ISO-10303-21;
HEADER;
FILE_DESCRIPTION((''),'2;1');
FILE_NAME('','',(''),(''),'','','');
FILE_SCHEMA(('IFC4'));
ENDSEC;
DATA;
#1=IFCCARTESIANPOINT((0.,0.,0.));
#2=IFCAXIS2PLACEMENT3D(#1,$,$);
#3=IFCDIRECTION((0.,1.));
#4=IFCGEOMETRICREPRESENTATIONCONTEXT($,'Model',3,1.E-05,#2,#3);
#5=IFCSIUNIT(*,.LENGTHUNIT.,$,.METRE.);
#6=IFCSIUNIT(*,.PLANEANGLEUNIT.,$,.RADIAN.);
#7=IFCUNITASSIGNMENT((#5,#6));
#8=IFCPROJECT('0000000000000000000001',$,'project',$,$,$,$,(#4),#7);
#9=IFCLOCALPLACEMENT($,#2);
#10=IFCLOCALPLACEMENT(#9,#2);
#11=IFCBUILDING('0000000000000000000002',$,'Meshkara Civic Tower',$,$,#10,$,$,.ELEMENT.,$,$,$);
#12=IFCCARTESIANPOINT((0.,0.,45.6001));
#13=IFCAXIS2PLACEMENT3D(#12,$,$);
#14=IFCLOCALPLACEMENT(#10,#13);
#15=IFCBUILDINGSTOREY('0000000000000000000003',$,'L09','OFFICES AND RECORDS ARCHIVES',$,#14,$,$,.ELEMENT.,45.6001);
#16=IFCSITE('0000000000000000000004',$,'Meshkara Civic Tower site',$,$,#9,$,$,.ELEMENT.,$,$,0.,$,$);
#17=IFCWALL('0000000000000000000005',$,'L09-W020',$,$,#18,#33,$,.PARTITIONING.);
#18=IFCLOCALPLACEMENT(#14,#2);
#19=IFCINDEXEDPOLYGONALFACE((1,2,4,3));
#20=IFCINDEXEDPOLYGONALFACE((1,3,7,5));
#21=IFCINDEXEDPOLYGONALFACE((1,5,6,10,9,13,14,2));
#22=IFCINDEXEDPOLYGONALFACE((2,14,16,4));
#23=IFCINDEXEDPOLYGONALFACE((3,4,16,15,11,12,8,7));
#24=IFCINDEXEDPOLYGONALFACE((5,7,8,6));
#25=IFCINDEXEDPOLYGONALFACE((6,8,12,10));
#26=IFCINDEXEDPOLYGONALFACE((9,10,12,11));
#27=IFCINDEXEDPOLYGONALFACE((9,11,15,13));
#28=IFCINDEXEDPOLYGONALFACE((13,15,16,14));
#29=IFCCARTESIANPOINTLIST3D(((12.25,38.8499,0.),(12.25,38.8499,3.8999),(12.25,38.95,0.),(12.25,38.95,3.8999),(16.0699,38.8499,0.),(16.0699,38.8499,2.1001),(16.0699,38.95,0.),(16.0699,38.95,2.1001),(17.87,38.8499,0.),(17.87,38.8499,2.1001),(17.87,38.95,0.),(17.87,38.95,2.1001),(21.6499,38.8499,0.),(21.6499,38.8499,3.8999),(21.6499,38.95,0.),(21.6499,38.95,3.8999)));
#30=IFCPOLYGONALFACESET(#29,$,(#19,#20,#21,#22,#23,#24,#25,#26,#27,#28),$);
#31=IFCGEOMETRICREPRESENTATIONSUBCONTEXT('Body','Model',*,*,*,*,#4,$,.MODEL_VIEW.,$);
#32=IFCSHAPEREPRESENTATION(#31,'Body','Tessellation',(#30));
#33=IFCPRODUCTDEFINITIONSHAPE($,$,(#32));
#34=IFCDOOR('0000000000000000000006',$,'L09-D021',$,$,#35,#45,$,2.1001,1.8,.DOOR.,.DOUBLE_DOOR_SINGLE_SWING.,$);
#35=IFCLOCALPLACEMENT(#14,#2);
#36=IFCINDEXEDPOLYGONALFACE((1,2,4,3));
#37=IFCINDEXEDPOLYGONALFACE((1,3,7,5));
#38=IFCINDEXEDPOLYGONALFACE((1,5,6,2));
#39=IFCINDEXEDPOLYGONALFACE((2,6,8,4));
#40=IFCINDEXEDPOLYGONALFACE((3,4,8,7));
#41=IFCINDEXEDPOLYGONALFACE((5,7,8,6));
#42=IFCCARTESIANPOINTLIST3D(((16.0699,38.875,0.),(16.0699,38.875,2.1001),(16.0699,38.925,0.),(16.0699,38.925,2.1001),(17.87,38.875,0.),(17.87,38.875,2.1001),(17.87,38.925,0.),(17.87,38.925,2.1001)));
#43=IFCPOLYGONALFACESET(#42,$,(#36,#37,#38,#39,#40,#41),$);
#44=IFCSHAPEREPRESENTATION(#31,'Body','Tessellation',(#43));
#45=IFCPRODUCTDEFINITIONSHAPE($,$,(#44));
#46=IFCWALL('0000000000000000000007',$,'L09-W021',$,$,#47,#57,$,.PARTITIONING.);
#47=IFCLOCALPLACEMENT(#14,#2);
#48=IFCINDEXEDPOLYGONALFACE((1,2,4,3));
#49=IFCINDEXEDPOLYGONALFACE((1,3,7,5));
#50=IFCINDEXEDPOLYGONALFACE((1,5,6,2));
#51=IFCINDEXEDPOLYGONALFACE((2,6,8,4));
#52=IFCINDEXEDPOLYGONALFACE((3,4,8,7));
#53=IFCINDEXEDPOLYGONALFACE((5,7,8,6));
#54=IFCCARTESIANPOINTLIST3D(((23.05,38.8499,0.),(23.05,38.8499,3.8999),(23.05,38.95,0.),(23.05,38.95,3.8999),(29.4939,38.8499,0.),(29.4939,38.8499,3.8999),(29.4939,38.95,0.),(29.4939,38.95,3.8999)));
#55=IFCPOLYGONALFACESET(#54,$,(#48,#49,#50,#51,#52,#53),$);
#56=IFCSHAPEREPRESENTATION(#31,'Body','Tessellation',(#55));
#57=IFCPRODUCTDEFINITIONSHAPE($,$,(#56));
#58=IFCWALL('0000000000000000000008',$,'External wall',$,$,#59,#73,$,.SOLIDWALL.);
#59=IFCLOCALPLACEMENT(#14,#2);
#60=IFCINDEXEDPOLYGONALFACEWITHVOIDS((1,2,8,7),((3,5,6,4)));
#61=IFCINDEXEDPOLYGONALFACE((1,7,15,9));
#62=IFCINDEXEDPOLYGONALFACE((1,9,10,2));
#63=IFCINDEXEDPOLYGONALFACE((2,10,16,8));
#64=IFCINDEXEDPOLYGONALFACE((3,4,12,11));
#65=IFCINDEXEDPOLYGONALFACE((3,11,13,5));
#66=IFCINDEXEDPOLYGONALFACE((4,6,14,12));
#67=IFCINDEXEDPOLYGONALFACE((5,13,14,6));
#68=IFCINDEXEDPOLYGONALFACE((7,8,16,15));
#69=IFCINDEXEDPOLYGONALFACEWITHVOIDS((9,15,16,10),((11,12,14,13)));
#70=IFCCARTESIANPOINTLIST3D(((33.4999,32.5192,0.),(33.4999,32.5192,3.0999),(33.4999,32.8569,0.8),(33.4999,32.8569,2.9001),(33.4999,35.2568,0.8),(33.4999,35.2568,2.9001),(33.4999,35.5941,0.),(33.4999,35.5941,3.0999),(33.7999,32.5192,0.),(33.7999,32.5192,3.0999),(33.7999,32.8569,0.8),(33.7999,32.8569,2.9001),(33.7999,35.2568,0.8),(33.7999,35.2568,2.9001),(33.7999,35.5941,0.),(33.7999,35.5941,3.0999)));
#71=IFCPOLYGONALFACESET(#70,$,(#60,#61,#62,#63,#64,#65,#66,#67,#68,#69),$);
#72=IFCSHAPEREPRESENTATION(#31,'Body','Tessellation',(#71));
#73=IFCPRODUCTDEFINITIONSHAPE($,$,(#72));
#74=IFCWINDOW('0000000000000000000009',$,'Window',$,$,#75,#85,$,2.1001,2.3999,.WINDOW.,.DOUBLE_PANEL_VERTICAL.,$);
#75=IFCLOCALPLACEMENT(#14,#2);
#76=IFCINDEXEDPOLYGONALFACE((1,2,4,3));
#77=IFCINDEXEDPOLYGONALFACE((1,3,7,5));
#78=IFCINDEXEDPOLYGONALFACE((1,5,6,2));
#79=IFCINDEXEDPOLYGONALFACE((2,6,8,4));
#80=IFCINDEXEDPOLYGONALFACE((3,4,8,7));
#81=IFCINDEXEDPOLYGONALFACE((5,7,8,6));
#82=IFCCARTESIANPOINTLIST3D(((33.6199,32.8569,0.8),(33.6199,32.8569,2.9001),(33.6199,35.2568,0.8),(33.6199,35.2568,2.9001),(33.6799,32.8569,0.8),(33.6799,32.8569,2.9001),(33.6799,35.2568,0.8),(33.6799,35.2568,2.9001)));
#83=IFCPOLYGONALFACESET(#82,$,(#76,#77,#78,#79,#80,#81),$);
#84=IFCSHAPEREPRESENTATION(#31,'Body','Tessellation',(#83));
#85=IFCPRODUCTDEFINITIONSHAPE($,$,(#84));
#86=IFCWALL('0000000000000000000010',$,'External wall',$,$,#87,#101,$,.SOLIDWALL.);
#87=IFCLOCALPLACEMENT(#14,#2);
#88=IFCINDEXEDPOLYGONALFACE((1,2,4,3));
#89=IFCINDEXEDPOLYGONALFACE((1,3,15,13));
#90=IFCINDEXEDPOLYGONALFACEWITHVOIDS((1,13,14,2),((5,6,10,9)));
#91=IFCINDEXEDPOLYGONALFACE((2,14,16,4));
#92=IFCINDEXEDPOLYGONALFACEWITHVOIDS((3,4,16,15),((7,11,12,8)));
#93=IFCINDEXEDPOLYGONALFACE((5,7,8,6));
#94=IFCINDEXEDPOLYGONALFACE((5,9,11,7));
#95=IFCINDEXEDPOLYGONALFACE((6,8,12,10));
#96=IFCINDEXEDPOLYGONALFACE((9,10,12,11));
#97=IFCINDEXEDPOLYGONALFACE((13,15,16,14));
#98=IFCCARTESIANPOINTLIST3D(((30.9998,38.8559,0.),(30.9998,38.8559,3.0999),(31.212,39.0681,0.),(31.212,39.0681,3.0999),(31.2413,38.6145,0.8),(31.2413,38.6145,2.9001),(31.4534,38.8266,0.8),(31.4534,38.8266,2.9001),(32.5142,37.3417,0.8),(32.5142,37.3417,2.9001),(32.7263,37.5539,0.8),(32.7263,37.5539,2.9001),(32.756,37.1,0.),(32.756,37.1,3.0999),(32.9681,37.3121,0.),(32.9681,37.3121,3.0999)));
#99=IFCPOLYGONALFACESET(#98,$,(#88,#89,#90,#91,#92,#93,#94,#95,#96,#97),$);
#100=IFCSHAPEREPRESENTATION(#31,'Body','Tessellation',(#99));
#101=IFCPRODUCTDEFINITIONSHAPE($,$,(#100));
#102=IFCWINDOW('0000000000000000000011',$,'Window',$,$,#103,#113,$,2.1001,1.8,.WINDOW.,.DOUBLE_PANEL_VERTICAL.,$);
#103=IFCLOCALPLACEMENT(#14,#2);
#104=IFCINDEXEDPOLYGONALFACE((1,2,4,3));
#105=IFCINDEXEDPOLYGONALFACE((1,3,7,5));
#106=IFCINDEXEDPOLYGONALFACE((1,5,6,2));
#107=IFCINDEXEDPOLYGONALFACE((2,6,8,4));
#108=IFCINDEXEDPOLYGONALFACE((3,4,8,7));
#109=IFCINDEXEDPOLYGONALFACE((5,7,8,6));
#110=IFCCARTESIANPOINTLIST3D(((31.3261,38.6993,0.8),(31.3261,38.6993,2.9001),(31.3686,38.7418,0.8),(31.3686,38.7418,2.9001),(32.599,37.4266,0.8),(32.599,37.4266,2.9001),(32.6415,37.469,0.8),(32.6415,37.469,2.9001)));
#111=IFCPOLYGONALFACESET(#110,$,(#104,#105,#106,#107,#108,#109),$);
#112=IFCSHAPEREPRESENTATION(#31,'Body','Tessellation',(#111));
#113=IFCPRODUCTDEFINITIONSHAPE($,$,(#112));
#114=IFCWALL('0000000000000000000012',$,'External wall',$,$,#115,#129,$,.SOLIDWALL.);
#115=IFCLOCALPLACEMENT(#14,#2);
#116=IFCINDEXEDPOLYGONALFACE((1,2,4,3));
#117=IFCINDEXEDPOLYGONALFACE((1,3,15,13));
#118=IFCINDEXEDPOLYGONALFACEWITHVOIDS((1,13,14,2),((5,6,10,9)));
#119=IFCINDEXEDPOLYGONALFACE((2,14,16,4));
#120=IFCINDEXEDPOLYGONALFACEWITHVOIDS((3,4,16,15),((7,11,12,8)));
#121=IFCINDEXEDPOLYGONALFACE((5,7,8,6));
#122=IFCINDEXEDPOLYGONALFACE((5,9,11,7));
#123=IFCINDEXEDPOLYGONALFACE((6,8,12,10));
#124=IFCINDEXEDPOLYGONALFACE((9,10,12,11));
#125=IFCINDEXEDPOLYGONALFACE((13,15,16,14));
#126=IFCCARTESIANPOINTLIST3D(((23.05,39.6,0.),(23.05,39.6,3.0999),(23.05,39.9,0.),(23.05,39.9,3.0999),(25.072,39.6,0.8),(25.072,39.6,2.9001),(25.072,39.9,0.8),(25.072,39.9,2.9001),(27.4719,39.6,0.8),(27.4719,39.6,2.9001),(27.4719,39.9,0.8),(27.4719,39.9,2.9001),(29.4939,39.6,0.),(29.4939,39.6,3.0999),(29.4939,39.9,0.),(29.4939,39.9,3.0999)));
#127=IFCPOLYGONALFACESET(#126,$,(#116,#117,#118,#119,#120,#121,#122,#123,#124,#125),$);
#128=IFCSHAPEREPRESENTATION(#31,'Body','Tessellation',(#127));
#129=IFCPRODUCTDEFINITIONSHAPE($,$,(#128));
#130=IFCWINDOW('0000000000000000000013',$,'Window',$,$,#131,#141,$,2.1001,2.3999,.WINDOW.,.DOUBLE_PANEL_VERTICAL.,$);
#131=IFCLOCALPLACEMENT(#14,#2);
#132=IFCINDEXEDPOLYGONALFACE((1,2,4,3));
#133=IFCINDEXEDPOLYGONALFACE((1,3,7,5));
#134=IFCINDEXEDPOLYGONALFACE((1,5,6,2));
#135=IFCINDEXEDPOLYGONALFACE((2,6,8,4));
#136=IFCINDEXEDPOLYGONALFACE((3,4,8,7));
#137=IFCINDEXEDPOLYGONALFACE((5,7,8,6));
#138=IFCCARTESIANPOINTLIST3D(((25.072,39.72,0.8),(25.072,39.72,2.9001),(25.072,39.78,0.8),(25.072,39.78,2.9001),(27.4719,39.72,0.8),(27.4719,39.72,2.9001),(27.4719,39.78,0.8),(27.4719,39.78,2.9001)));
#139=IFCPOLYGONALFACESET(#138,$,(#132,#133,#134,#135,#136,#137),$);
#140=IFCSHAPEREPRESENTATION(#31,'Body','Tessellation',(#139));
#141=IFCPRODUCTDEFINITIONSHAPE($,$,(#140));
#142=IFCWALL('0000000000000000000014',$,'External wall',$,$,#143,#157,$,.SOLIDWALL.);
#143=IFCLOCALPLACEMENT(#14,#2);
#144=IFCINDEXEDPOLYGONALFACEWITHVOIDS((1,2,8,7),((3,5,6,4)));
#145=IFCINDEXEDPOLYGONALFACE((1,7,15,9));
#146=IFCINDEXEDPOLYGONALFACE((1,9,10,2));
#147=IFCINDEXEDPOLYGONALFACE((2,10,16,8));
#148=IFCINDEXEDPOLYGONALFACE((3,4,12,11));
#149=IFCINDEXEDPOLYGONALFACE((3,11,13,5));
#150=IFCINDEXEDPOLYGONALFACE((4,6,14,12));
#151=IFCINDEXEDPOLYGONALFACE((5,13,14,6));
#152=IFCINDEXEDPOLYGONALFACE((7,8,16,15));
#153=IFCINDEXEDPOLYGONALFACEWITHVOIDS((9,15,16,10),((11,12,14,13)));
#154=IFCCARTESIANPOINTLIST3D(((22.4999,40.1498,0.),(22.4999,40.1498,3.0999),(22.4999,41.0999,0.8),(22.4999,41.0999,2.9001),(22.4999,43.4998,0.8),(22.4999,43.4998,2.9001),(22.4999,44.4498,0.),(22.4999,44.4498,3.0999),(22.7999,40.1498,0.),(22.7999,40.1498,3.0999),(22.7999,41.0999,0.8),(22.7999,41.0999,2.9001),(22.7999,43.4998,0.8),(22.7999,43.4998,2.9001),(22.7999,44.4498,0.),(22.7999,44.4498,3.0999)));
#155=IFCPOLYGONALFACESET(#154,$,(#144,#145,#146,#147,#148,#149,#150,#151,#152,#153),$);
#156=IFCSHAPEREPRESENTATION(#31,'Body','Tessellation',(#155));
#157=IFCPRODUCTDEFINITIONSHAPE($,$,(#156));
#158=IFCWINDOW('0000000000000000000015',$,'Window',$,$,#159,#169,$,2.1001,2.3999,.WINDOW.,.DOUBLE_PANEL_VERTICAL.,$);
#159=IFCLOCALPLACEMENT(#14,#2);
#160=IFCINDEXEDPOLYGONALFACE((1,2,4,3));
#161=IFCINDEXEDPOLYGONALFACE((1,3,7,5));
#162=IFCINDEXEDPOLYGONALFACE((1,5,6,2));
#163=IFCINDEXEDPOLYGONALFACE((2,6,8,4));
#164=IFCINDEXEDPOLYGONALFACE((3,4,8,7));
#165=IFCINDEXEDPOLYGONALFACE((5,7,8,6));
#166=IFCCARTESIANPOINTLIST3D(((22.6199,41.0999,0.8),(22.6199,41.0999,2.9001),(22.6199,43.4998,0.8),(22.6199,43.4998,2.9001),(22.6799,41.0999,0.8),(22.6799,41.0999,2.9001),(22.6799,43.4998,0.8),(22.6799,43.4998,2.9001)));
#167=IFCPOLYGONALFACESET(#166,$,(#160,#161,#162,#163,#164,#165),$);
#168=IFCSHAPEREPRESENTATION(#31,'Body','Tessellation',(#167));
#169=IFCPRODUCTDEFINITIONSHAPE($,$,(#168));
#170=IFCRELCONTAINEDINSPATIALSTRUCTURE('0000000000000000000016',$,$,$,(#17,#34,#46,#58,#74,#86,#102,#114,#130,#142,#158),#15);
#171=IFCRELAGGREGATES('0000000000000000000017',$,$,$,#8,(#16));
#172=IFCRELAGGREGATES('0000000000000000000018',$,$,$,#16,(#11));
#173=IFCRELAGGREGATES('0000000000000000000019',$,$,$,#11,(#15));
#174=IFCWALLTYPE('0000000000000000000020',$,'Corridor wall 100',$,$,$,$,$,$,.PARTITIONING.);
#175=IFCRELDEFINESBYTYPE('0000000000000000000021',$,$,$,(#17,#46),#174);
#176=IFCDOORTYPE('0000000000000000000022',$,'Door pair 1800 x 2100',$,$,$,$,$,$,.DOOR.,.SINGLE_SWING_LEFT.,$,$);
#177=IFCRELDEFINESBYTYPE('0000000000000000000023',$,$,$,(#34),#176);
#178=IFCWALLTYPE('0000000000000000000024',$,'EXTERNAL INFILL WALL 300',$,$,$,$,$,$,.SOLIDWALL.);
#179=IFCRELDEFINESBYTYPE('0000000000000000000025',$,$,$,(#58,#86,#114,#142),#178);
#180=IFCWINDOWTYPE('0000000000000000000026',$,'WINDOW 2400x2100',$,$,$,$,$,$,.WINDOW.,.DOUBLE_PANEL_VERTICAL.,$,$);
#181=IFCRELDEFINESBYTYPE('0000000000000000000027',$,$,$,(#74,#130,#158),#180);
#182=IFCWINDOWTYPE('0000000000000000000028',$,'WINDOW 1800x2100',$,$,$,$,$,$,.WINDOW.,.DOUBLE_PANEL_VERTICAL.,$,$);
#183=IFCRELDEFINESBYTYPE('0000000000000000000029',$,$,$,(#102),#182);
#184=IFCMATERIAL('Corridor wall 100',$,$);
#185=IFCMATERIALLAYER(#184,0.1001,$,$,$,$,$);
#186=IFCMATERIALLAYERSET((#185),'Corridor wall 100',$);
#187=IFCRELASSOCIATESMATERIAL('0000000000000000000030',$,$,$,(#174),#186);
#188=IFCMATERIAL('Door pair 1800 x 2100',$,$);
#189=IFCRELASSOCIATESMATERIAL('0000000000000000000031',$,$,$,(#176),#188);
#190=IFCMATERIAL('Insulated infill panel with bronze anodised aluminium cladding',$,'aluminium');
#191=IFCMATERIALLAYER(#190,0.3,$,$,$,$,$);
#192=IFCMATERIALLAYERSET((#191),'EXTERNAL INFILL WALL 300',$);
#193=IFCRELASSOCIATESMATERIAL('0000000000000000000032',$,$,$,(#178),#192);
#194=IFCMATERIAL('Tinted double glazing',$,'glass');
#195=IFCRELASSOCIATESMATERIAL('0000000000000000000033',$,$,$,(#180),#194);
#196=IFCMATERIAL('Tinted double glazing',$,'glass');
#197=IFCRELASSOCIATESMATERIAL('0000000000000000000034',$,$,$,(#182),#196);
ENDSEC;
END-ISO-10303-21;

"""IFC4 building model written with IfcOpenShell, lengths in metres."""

from ifc_helpers import new_model, si_unit, direction, frame, frame_2d, origin, place, context, subcontext, project, spatial, rectangle, extrude, material, layer, layer_set, type_object, element, fill, save


model = new_model("IFC4")

# Units and contexts
model_context = context("Model", 3, precision=1e-05, world=origin(), true_north=direction((0.0, 1.0)))
body_context = subcontext(model_context, "Body", "Model", "MODEL_VIEW")
ifc_project = project(units=[si_unit("LENGTHUNIT", "METRE"), si_unit("PLANEANGLEUNIT", "RADIAN")], contexts=[model_context])

# Site, building, storey
site_placement = place(None, origin())
site = spatial("IfcSite", under=ifc_project, at=site_placement, Name="Meshkara Civic Tower site", CompositionType="ELEMENT", RefElevation=0.0)
building_placement = place(site_placement, origin())
building = spatial("IfcBuilding", under=site, at=building_placement, Name="Meshkara Civic Tower", CompositionType="ELEMENT")
storey_placement = place(building_placement, frame((0.0, 0.0, 45.6001)))
storey = spatial("IfcBuildingStorey", under=building, at=storey_placement, Name="L09", Description="OFFICES AND RECORDS ARCHIVES", CompositionType="ELEMENT", Elevation=45.6001)

# Wall, opening, door
ifc_material_1 = material(Name="Corridor wall 100")
ifc_layer_1 = layer(ifc_material_1, 0.1001)
ifc_layer_set_1 = layer_set([ifc_layer_1], Name="Corridor wall 100")
wall_type_1 = type_object("IfcWallType", Name="Corridor wall 100", PredefinedType="PARTITIONING", material=ifc_layer_set_1)
wall_1_placement = place(storey_placement, frame((21.6499, 38.8999, 0.0), z_axis=(0.0, 0.0, 1.0), x_axis=(-1.0, 0.0, 0.0)))
wall_1 = element("IfcWall", 1, at=wall_1_placement, inside=storey, type_object=wall_type_1, Name="L09-W020", PredefinedType="PARTITIONING", context=body_context, shape_type="SweptSolid", body=[
    extrude(rectangle(XDim=9.3999, YDim=0.1001, at=frame_2d((4.7, 0.0))), origin(), (0.0, 0.0, 1.0), 3.8999),
])
opening_1_placement = place(wall_1_placement, frame((3.78, 0.0, 0.0)))
opening_1 = element("IfcOpeningElement", 2, at=opening_1_placement, cuts=wall_1, PredefinedType="OPENING", context=body_context, shape_type="SweptSolid", body=[
    extrude(rectangle(XDim=1.8, YDim=2.1001, at=frame_2d((0.8999, 1.05))), frame((0.0, 0.0601, 0.0), z_axis=(0.0, -1.0, 0.0), x_axis=(1.0, 0.0, 0.0)), (0.0, 0.0, 1.0), 0.1201),
])
ifc_material_2 = material(Name="Door pair 1800 x 2100")
door_type_1 = type_object("IfcDoorType", Name="Door pair 1800 x 2100", OperationType="SINGLE_SWING_LEFT", PredefinedType="DOOR", material=ifc_material_2)
door_1_placement = place(opening_1_placement, origin())
door_1 = element("IfcDoor", 3, at=door_1_placement, inside=storey, type_object=door_type_1, Name="L09-D021", OperationType="DOUBLE_DOOR_SINGLE_SWING", OverallHeight=2.1001, OverallWidth=1.8, PredefinedType="DOOR", context=body_context, shape_type="SweptSolid", body=[
    extrude(rectangle(XDim=1.8, YDim=2.1001, at=frame_2d((0.8999, 1.05))), frame((0.0, 0.0249, 0.0), z_axis=(0.0, -1.0, 0.0), x_axis=(1.0, 0.0, 0.0)), (0.0, 0.0, 1.0), 0.05),
])
fill(opening_1, door_1)

# Wall
wall_2_placement = place(storey_placement, frame((29.4939, 38.8999, 0.0), z_axis=(0.0, 0.0, 1.0), x_axis=(-1.0, 0.0, 0.0)))
element("IfcWall", 4, at=wall_2_placement, inside=storey, type_object=wall_type_1, Name="L09-W021", PredefinedType="PARTITIONING", context=body_context, shape_type="SweptSolid", body=[
    extrude(rectangle(XDim=6.4438, YDim=0.1001, at=frame_2d((3.2219, 0.0))), origin(), (0.0, 0.0, 1.0), 3.8999),
])

# Walls, openings, windows
ifc_material_3 = material(Name="Insulated infill panel with bronze anodised aluminium cladding", Category="aluminium")
ifc_layer_2 = layer(ifc_material_3, 0.3)
ifc_layer_set_2 = layer_set([ifc_layer_2], Name="EXTERNAL INFILL WALL 300")
wall_type_2 = type_object("IfcWallType", Name="EXTERNAL INFILL WALL 300", PredefinedType="SOLIDWALL", material=ifc_layer_set_2)
wall_3_placement = place(storey_placement, frame((33.6499, 32.519, 0.0), z_axis=(0.0, 0.0, 1.0), x_axis=(0.0, 1.0, 0.0)))
wall_3 = element("IfcWall", 5, at=wall_3_placement, inside=storey, type_object=wall_type_2, Name="External wall", PredefinedType="SOLIDWALL", context=body_context, shape_type="SweptSolid", body=[
    extrude(rectangle(XDim=3.075, YDim=0.3, at=frame_2d((1.5376, 0.0))), origin(), (0.0, 0.0, 1.0), 3.0999),
])
opening_2_placement = place(wall_3_placement, frame((0.3379, 0.0, 0.8)))
opening_2 = element("IfcOpeningElement", 6, at=opening_2_placement, cuts=wall_3, PredefinedType="OPENING", context=body_context, shape_type="SweptSolid", body=[
    extrude(rectangle(XDim=2.3999, YDim=2.1001, at=frame_2d((1.2, 1.05))), frame((0.0, 0.1599, 0.0), z_axis=(0.0, -1.0, 0.0), x_axis=(1.0, 0.0, 0.0)), (0.0, 0.0, 1.0), 0.3201),
])
ifc_material_4 = material(Name="Tinted double glazing", Category="glass")
window_type_1 = type_object("IfcWindowType", Name="WINDOW 2400x2100", PartitioningType="DOUBLE_PANEL_VERTICAL", PredefinedType="WINDOW", material=ifc_material_4)
window_1_placement = place(opening_2_placement, origin())
window_1 = element("IfcWindow", 7, at=window_1_placement, inside=storey, type_object=window_type_1, Name="Window", OverallHeight=2.1001, OverallWidth=2.3999, PartitioningType="DOUBLE_PANEL_VERTICAL", PredefinedType="WINDOW", context=body_context, shape_type="SweptSolid", body=[
    extrude(rectangle(XDim=2.3999, YDim=2.1001, at=frame_2d((1.2, 1.05))), frame((0.0, 0.03, 0.0), z_axis=(0.0, -1.0, 0.0), x_axis=(1.0, 0.0, 0.0)), (0.0, 0.0, 1.0), 0.0601),
])
fill(opening_2, window_1)
wall_4_placement = place(storey_placement, frame((32.8621, 37.2061, 0.0), z_axis=(0.0, 0.0, 1.0), x_axis=(-0.707156, 0.707058, 0.0)))
wall_4 = element("IfcWall", 8, at=wall_4_placement, inside=storey, type_object=wall_type_2, Name="External wall", PredefinedType="SOLIDWALL", context=body_context, shape_type="SweptSolid", body=[
    extrude(rectangle(XDim=2.4834, YDim=0.3, at=frame_2d((1.2417, 0.0))), origin(), (0.0, 0.0, 1.0), 3.0999),
])
opening_3_placement = place(wall_4_placement, frame((0.342, 0.0, 0.8)))
opening_3 = element("IfcOpeningElement", 9, at=opening_3_placement, cuts=wall_4, PredefinedType="OPENING", context=body_context, shape_type="SweptSolid", body=[
    extrude(rectangle(XDim=1.8, YDim=2.1001, at=frame_2d((0.8999, 1.05))), frame((0.0, 0.1599, 0.0), z_axis=(0.0, -1.0, 0.0), x_axis=(1.0, 0.0, 0.0)), (0.0, 0.0, 1.0), 0.3201),
])
ifc_material_5 = material(Name="Tinted double glazing", Category="glass")
window_type_2 = type_object("IfcWindowType", Name="WINDOW 1800x2100", PartitioningType="DOUBLE_PANEL_VERTICAL", PredefinedType="WINDOW", material=ifc_material_5)
window_2_placement = place(opening_3_placement, origin())
window_2 = element("IfcWindow", 10, at=window_2_placement, inside=storey, type_object=window_type_2, Name="Window", OverallHeight=2.1001, OverallWidth=1.8, PartitioningType="DOUBLE_PANEL_VERTICAL", PredefinedType="WINDOW", context=body_context, shape_type="SweptSolid", body=[
    extrude(rectangle(XDim=1.8, YDim=2.1001, at=frame_2d((0.8999, 1.05))), frame((0.0, 0.03, 0.0), z_axis=(0.0, -1.0, 0.0), x_axis=(1.0, 0.0, 0.0)), (0.0, 0.0, 1.0), 0.0601),
])
fill(opening_3, window_2)
wall_5_placement = place(storey_placement, frame((29.4939, 39.75, 0.0), z_axis=(0.0, 0.0, 1.0), x_axis=(-1.0, 0.0, 0.0)))
wall_5 = element("IfcWall", 11, at=wall_5_placement, inside=storey, type_object=wall_type_2, Name="External wall", PredefinedType="SOLIDWALL", context=body_context, shape_type="SweptSolid", body=[
    extrude(rectangle(XDim=6.4438, YDim=0.3, at=frame_2d((3.2219, 0.0))), origin(), (0.0, 0.0, 1.0), 3.0999),
])
opening_4_placement = place(wall_5_placement, frame((2.022, 0.0, 0.8)))
opening_4 = element("IfcOpeningElement", 12, at=opening_4_placement, cuts=wall_5, PredefinedType="OPENING", context=body_context, shape_type="SweptSolid", body=[
    extrude(rectangle(XDim=2.3999, YDim=2.1001, at=frame_2d((1.2, 1.05))), frame((0.0, 0.1599, 0.0), z_axis=(0.0, -1.0, 0.0), x_axis=(1.0, 0.0, 0.0)), (0.0, 0.0, 1.0), 0.3201),
])
window_3_placement = place(opening_4_placement, origin())
window_3 = element("IfcWindow", 13, at=window_3_placement, inside=storey, type_object=window_type_1, Name="Window", OverallHeight=2.1001, OverallWidth=2.3999, PartitioningType="DOUBLE_PANEL_VERTICAL", PredefinedType="WINDOW", context=body_context, shape_type="SweptSolid", body=[
    extrude(rectangle(XDim=2.3999, YDim=2.1001, at=frame_2d((1.2, 1.05))), frame((0.0, 0.03, 0.0), z_axis=(0.0, -1.0, 0.0), x_axis=(1.0, 0.0, 0.0)), (0.0, 0.0, 1.0), 0.0601),
])
fill(opening_4, window_3)
wall_6_placement = place(storey_placement, frame((22.6499, 40.1499, 0.0), z_axis=(0.0, 0.0, 1.0), x_axis=(0.0, 1.0, 0.0)))
wall_6 = element("IfcWall", 14, at=wall_6_placement, inside=storey, type_object=wall_type_2, Name="External wall", PredefinedType="SOLIDWALL", context=body_context, shape_type="SweptSolid", body=[
    extrude(rectangle(XDim=4.3, YDim=0.3, at=frame_2d((2.1499, 0.0))), origin(), (0.0, 0.0, 1.0), 3.0999),
])
opening_5_placement = place(wall_6_placement, frame((0.95, 0.0, 0.8)))
opening_5 = element("IfcOpeningElement", 15, at=opening_5_placement, cuts=wall_6, PredefinedType="OPENING", context=body_context, shape_type="SweptSolid", body=[
    extrude(rectangle(XDim=2.3999, YDim=2.1001, at=frame_2d((1.2, 1.05))), frame((0.0, 0.1599, 0.0), z_axis=(0.0, -1.0, 0.0), x_axis=(1.0, 0.0, 0.0)), (0.0, 0.0, 1.0), 0.3201),
])
window_4_placement = place(opening_5_placement, origin())
window_4 = element("IfcWindow", 16, at=window_4_placement, inside=storey, type_object=window_type_1, Name="Window", OverallHeight=2.1001, OverallWidth=2.3999, PartitioningType="DOUBLE_PANEL_VERTICAL", PredefinedType="WINDOW", context=body_context, shape_type="SweptSolid", body=[
    extrude(rectangle(XDim=2.3999, YDim=2.1001, at=frame_2d((1.2, 1.05))), frame((0.0, 0.03, 0.0), z_axis=(0.0, -1.0, 0.0), x_axis=(1.0, 0.0, 0.0)), (0.0, 0.0, 1.0), 0.0601),
])
fill(opening_5, window_4)

save(model, "model.ifc")
